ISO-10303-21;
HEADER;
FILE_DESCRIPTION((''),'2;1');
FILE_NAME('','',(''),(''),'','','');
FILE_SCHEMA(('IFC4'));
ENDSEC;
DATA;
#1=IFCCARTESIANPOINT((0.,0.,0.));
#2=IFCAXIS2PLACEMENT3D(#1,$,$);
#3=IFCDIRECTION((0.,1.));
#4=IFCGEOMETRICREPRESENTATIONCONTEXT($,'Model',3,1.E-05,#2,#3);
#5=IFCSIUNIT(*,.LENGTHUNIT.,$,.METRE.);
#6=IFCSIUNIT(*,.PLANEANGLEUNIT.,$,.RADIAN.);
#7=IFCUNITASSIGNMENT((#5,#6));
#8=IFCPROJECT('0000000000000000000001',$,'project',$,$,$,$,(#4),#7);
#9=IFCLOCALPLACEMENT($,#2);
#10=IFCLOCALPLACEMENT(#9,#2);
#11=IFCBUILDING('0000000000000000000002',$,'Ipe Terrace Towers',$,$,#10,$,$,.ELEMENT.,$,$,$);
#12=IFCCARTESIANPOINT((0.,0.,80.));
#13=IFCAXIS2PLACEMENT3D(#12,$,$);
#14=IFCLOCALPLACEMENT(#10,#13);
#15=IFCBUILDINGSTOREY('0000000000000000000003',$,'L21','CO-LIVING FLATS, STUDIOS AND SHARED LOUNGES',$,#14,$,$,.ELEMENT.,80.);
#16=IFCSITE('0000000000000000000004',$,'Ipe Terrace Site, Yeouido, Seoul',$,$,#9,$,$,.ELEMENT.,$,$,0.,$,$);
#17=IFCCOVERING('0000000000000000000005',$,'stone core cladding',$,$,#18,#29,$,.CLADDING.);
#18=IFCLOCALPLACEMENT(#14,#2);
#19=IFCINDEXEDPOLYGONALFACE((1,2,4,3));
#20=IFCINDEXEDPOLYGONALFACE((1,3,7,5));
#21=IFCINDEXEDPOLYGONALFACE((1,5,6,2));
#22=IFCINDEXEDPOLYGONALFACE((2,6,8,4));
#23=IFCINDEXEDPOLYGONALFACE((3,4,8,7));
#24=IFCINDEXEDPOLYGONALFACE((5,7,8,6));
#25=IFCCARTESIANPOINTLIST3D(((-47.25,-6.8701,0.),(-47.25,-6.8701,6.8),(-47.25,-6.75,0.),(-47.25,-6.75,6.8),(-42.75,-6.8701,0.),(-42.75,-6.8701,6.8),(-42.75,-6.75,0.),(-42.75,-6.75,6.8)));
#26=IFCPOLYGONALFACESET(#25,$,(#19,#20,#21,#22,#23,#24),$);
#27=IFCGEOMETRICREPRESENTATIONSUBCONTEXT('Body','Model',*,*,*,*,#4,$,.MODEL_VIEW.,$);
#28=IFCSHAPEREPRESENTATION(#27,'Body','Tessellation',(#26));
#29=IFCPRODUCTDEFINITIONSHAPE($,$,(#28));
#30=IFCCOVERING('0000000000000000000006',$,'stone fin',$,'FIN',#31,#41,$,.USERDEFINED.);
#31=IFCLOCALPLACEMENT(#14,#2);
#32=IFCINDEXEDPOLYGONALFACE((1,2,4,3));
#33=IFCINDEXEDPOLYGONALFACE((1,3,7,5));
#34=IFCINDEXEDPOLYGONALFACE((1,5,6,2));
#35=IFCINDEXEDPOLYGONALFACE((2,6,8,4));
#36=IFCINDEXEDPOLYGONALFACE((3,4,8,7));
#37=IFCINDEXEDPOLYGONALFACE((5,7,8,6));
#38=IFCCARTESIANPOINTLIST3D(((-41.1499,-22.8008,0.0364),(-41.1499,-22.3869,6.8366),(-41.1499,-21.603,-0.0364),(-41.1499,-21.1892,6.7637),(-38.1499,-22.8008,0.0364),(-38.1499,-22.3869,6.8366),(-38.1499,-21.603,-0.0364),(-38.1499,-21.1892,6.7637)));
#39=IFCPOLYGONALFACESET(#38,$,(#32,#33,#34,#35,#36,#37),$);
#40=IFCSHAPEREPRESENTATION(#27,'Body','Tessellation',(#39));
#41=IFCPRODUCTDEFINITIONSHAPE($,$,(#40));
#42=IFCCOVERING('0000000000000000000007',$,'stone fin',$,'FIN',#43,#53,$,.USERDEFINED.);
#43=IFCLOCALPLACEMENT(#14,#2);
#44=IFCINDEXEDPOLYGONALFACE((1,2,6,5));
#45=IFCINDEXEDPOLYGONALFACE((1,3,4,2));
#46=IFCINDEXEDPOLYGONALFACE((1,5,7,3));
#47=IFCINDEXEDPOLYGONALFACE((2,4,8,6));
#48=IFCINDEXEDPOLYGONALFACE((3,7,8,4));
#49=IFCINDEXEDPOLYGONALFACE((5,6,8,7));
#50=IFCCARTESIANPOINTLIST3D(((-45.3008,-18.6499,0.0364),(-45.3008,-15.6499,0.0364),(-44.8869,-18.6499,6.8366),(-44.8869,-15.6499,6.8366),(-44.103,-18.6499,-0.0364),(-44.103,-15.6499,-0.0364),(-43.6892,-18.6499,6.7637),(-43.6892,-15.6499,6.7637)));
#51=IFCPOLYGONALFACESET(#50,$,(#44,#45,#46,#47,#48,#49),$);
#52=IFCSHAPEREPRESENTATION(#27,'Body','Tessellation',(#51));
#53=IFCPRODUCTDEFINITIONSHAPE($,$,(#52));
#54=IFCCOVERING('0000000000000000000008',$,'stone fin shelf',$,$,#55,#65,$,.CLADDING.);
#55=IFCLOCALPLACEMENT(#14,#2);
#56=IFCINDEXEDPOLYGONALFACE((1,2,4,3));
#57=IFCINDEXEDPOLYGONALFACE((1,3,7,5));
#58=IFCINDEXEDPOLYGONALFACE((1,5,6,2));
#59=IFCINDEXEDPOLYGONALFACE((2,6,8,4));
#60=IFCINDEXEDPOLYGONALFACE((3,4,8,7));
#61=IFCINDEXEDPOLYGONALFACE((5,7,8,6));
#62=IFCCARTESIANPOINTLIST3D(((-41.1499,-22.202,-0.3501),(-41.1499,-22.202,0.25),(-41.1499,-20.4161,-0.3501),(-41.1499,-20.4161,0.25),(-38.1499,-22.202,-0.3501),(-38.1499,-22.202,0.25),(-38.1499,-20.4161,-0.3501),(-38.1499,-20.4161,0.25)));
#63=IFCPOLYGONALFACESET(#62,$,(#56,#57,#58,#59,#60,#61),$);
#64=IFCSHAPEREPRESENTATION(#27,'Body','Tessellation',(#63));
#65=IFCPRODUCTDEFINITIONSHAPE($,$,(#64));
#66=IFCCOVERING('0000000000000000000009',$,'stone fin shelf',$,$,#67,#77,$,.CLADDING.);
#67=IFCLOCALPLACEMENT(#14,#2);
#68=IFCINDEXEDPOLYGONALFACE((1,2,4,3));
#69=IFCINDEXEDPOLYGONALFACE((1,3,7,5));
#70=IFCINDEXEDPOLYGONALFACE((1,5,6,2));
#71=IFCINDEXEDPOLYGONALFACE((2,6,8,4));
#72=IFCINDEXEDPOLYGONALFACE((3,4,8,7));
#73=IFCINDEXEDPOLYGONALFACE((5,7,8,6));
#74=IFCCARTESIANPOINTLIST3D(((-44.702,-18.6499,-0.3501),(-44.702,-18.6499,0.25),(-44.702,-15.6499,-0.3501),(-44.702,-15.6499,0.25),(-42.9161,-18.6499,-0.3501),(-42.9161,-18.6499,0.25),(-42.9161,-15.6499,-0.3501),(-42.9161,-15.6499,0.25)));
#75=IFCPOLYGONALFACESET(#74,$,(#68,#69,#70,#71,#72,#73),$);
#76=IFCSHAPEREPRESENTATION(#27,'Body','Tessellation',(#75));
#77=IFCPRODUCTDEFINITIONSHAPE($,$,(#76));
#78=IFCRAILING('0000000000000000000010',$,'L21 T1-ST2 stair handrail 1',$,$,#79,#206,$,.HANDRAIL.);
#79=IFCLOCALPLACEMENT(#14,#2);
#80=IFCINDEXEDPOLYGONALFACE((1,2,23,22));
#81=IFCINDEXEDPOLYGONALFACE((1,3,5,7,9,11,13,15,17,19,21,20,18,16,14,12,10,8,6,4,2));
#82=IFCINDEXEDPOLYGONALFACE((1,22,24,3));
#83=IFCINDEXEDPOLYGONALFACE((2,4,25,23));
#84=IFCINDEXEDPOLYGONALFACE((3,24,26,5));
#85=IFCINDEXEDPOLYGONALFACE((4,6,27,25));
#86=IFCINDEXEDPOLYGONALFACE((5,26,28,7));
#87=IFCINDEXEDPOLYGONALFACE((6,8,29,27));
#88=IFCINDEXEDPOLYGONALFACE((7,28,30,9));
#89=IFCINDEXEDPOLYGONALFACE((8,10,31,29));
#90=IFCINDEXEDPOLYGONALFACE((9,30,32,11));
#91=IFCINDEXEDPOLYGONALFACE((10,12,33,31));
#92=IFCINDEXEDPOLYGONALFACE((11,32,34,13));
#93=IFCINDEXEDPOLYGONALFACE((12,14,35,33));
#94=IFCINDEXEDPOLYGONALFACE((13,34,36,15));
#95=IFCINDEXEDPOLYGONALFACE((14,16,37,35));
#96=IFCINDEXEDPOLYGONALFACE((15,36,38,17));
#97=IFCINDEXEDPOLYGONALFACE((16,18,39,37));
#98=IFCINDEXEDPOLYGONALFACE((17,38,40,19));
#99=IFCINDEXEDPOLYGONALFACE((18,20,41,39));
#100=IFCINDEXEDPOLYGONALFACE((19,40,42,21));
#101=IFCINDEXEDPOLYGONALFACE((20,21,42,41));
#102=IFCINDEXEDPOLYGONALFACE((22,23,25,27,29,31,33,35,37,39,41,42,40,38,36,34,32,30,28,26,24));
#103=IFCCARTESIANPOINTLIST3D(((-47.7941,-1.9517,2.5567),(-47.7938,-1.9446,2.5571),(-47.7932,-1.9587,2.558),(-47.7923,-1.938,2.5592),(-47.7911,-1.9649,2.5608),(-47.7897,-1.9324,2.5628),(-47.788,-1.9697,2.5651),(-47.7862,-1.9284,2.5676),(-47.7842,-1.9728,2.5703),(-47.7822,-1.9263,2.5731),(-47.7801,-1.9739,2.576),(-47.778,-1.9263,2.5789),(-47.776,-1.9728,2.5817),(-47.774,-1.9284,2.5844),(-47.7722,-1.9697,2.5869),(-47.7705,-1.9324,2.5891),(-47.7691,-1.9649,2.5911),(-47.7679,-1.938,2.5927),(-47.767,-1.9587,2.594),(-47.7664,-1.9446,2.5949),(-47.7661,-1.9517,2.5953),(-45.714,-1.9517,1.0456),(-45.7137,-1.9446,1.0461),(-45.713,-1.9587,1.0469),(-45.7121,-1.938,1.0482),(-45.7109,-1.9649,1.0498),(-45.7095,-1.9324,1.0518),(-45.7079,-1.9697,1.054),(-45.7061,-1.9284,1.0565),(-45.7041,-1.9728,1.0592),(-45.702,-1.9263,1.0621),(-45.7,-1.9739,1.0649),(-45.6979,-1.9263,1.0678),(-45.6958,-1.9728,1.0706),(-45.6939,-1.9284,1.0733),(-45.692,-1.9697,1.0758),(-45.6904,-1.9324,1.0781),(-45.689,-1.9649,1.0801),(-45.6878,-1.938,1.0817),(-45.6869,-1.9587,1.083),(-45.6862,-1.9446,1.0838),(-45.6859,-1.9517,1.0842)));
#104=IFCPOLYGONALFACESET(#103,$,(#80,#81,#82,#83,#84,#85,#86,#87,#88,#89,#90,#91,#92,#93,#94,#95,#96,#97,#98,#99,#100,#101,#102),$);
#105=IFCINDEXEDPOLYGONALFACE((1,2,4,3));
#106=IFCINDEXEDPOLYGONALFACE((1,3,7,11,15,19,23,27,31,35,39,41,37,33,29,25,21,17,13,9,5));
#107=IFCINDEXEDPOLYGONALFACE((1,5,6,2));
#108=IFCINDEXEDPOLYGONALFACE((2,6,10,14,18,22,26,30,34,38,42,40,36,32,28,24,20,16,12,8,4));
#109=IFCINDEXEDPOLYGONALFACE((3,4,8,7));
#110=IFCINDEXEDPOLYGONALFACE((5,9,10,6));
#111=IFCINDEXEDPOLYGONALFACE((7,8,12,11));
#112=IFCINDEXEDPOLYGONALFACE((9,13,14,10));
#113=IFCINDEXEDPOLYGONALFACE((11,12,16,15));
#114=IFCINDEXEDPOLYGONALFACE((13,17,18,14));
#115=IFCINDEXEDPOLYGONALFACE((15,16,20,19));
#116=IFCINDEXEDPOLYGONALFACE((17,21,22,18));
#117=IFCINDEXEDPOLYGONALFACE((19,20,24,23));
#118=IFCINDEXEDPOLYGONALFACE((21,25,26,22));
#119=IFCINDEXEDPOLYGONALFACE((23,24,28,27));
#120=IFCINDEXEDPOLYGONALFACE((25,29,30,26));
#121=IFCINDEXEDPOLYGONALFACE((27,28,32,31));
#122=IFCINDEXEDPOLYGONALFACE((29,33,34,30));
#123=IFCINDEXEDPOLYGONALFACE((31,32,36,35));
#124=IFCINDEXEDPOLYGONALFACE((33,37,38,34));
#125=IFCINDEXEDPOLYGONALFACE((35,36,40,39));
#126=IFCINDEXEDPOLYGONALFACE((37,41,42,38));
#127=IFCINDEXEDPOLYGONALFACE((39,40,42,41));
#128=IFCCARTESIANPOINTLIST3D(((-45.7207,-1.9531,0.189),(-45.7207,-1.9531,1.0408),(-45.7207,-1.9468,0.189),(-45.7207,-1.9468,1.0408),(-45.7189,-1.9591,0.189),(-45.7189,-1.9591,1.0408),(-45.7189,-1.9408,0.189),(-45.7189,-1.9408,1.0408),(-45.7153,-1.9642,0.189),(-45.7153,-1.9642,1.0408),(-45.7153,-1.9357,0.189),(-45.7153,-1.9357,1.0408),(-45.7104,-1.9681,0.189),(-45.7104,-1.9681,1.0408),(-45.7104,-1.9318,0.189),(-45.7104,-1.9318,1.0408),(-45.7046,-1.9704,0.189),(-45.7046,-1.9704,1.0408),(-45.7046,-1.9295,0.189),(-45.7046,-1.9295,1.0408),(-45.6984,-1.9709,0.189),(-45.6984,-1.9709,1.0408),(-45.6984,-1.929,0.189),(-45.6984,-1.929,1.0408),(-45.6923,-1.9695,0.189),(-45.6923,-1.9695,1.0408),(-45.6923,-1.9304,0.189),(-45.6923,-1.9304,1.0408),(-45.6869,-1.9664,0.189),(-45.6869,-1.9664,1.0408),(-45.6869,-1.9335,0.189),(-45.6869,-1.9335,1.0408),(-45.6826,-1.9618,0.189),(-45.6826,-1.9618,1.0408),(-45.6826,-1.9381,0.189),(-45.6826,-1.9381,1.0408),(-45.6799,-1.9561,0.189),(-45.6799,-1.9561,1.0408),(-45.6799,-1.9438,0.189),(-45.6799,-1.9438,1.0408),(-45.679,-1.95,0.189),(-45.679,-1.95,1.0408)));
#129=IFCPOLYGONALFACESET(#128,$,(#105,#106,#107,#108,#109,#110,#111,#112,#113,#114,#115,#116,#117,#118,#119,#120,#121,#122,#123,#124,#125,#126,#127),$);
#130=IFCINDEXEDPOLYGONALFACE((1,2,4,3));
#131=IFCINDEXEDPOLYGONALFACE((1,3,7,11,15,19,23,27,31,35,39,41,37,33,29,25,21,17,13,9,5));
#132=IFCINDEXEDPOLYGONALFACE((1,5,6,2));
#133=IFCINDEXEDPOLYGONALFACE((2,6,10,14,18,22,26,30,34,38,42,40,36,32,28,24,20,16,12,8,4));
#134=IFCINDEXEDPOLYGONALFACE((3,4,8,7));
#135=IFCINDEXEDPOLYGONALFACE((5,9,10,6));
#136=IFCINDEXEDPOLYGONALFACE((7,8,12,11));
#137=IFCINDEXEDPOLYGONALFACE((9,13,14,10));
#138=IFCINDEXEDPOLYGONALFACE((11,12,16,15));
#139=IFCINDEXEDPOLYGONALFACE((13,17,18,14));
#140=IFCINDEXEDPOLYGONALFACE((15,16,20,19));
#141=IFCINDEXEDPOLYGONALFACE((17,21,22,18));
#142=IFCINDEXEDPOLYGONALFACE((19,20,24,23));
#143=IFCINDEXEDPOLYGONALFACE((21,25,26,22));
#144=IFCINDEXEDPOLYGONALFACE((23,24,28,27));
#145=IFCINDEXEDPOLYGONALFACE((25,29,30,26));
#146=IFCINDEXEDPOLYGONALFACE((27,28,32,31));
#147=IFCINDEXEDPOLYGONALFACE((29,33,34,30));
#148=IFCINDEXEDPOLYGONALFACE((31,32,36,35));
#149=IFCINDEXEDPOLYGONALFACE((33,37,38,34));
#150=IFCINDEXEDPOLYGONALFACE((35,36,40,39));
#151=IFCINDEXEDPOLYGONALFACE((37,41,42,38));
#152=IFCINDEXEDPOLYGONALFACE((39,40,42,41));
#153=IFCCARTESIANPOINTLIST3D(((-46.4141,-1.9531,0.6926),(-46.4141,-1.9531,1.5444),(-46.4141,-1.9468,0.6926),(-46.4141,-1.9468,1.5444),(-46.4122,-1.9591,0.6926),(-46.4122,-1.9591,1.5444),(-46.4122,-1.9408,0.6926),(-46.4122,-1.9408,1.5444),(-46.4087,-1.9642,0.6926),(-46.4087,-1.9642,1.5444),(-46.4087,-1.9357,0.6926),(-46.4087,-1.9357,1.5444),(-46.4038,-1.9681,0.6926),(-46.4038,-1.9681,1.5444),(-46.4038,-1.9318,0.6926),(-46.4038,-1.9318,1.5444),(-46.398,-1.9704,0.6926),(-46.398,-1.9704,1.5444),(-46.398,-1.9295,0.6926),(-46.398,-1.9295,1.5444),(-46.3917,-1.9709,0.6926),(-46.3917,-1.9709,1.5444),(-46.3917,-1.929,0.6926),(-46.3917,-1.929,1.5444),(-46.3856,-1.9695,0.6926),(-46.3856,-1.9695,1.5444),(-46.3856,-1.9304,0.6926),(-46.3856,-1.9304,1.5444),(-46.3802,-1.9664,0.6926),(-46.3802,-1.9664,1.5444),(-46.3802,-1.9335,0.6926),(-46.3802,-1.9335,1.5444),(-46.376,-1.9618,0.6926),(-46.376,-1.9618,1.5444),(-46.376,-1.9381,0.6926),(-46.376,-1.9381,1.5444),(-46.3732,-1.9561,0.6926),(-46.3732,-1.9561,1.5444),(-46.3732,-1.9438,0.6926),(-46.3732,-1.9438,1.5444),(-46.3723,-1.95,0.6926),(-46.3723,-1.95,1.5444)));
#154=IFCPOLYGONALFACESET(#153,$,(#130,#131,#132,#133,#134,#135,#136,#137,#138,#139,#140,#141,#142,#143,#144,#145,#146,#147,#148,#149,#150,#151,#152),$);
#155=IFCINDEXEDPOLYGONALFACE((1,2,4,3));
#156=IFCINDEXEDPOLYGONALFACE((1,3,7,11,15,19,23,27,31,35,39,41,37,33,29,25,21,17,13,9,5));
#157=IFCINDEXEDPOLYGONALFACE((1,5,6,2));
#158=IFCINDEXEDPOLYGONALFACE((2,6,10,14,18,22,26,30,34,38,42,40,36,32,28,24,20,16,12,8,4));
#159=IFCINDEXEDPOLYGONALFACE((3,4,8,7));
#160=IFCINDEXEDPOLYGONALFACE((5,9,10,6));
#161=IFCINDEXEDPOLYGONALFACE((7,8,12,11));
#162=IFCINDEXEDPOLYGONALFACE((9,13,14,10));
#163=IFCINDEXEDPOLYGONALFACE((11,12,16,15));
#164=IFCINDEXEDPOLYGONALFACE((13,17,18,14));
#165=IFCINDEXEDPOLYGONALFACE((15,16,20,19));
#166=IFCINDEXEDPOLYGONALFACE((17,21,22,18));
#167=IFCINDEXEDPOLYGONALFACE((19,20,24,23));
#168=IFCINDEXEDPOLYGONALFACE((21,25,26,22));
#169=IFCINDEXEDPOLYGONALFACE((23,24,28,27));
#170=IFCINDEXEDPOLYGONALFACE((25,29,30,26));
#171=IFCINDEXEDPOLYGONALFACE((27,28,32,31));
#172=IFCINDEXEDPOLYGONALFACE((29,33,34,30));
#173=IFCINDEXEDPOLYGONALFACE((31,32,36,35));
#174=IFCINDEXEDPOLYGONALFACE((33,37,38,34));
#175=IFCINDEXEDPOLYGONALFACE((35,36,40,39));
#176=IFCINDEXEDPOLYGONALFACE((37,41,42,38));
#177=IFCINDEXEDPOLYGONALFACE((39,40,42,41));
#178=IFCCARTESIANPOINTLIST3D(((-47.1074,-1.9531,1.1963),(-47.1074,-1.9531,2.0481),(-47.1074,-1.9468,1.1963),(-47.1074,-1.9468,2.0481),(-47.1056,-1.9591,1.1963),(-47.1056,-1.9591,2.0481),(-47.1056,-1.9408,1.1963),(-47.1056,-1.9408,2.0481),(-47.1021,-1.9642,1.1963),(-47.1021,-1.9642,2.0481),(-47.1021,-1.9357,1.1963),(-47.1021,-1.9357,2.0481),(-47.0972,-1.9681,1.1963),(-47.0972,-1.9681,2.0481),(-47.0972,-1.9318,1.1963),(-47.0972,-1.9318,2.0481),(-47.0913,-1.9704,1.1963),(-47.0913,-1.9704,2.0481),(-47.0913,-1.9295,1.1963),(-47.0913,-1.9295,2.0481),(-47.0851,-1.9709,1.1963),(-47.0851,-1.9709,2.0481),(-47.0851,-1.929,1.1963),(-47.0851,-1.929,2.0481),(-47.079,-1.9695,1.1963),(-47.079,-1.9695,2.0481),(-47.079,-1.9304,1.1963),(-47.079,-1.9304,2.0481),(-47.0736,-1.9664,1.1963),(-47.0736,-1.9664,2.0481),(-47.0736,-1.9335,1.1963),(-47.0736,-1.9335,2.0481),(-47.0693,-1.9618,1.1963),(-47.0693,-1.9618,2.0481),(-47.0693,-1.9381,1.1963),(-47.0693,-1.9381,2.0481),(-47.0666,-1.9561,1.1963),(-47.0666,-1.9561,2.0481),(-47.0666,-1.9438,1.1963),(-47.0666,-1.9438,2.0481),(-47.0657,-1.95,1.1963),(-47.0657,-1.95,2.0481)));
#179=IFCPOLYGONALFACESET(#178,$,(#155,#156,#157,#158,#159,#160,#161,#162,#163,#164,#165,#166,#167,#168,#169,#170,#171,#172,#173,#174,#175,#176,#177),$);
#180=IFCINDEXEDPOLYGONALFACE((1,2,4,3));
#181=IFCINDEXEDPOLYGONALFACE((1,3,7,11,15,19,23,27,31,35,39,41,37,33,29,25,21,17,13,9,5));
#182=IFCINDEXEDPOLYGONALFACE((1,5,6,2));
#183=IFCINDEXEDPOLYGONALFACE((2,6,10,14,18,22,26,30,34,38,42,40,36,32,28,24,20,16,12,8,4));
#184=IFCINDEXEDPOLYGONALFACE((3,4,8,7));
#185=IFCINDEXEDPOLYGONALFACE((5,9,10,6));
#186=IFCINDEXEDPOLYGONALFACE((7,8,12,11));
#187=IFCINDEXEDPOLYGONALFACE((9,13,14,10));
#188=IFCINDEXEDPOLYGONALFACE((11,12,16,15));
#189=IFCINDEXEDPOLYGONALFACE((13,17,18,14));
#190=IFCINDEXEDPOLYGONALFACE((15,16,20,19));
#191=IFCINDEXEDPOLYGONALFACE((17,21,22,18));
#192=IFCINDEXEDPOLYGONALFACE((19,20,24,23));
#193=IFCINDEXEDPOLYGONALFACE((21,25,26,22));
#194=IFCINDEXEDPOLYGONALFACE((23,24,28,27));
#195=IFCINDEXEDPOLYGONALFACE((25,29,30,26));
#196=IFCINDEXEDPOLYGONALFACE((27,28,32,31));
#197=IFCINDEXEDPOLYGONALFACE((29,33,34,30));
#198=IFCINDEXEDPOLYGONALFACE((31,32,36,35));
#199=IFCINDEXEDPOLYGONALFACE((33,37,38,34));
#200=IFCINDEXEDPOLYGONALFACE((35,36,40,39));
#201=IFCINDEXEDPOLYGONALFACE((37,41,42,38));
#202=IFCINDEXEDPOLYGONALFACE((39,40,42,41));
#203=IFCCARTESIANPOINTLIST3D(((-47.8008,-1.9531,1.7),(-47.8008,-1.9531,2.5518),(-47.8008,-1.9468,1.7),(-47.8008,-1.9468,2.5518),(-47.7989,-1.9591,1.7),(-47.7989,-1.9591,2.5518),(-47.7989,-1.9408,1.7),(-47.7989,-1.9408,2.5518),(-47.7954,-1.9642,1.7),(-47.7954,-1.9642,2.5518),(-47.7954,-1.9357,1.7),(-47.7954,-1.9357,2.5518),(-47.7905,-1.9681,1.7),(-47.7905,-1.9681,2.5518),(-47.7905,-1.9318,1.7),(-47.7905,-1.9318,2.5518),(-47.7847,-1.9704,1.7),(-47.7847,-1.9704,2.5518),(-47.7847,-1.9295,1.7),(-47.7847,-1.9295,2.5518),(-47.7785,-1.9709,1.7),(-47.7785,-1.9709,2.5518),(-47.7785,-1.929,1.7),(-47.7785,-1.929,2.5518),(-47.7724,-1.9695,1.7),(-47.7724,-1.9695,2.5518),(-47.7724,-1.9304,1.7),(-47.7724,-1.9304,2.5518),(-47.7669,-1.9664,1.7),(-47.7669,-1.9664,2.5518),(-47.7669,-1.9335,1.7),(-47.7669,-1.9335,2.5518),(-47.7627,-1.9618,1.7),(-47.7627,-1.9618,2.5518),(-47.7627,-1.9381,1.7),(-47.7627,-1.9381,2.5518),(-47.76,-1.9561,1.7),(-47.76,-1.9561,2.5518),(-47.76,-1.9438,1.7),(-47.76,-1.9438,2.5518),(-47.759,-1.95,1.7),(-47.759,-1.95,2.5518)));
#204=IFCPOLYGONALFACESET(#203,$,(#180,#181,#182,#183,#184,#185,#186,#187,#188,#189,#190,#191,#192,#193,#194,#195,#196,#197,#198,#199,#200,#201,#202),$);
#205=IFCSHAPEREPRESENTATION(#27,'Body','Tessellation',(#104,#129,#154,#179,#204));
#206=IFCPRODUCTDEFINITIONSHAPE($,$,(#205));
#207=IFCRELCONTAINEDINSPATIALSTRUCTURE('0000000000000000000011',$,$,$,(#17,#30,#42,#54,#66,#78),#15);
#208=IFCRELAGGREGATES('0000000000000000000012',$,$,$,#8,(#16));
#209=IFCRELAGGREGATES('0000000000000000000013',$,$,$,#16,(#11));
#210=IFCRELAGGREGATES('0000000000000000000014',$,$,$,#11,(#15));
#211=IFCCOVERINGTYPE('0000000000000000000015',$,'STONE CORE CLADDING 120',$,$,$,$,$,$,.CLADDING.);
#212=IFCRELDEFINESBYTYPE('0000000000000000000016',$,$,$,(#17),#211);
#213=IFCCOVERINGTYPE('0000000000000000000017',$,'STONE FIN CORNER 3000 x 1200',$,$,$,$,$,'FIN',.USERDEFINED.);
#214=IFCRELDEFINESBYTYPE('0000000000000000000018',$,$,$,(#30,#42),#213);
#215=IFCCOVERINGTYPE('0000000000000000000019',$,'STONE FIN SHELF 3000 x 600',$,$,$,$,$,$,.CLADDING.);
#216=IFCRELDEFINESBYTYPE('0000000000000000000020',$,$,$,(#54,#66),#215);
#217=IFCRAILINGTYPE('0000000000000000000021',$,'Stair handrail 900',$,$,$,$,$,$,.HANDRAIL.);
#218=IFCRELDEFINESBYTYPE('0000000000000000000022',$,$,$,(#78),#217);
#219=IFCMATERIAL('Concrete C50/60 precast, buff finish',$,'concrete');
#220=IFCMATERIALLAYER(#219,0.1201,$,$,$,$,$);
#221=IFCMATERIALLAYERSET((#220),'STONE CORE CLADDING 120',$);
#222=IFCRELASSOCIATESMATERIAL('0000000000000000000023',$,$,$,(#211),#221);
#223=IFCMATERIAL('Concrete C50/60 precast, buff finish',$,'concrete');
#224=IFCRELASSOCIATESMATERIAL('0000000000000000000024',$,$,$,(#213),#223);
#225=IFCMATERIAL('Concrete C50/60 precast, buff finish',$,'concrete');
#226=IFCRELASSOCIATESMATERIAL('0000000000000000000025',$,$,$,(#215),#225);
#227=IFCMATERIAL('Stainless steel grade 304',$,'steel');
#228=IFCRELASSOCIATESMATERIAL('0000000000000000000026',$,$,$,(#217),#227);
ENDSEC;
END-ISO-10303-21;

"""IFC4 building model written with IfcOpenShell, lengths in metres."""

from ifc_helpers import new_model, si_unit, direction, frame, origin, origin_2d, place, context, subcontext, project, spatial, rectangle, circle, extrude, material, layer, layer_set, material_profile, profile_set, type_object, element, save


model = new_model("IFC4")

# Units and contexts
model_context = context("Model", 3, precision=1e-05, world=origin(), true_north=direction((0.0, 1.0)))
body_context = subcontext(model_context, "Body", "Model", "MODEL_VIEW")
ifc_project = project(units=[si_unit("LENGTHUNIT", "METRE"), si_unit("PLANEANGLEUNIT", "RADIAN")], contexts=[model_context])

# Site, building, storey
site_placement = place(None, origin())
site = spatial("IfcSite", under=ifc_project, at=site_placement, Name="Ipe Terrace Site, Yeouido, Seoul", CompositionType="ELEMENT", RefElevation=0.0)
building_placement = place(site_placement, origin())
building = spatial("IfcBuilding", under=site, at=building_placement, Name="Ipe Terrace Towers", CompositionType="ELEMENT")
storey_placement = place(building_placement, frame((0.0, 0.0, 80.0)))
storey = spatial("IfcBuildingStorey", under=building, at=storey_placement, Name="L21", Description="CO-LIVING FLATS, STUDIOS AND SHARED LOUNGES", CompositionType="ELEMENT", Elevation=80.0)

# Coverings
ifc_material_1 = material(Name="Concrete C50/60 precast, buff finish", Category="concrete")
ifc_layer_1 = layer(ifc_material_1, 0.1201)
ifc_layer_set_1 = layer_set([ifc_layer_1], Name="STONE CORE CLADDING 120")
covering_type_1 = type_object("IfcCoveringType", Name="STONE CORE CLADDING 120", PredefinedType="CLADDING", material=ifc_layer_set_1)
covering_1_placement = place(storey_placement, frame((-45.0, -6.8101, 0.0), z_axis=(0.0, 0.0, 1.0), x_axis=(1.0, 0.0, 0.0)))
element("IfcCovering", 1, at=covering_1_placement, inside=storey, type_object=covering_type_1, Name="stone core cladding", PredefinedType="CLADDING", context=body_context, shape_type="SweptSolid", body=[
    extrude(rectangle(XDim=4.5, YDim=0.1201, at=origin_2d()), origin(), (0.0, 0.0, 1.0), 6.8),
])
ifc_material_2 = material(Name="Concrete C50/60 precast, buff finish", Category="concrete")
ifc_material_profile_1 = material_profile(ifc_material_2, rectangle(XDim=3.0, YDim=1.2, at=origin_2d()), Name="STONE FIN CORNER 3000 x 1200")
ifc_profile_set_1 = profile_set([ifc_material_profile_1], Name="Concrete C50/60 precast, buff finish")
covering_type_2 = type_object("IfcCoveringType", Name="STONE FIN CORNER 3000 x 1200", ElementType="FIN", PredefinedType="USERDEFINED", material=ifc_profile_set_1)
for number, where, z_axis, x_axis, name in (
    (2, (-39.6499, -22.2019, 0.0), (0.0, 0.060743, 0.998153), (1.0, 0.0, 0.0), "stone fin"),
    (3, (-44.7019, -17.1499, 0.0), (0.060743, 0.0, 0.998153), (0.0, -1.0, 0.0), "stone fin"),
):
    element("IfcCovering", number, at=place(storey_placement, frame(where, z_axis=z_axis, x_axis=x_axis)), inside=storey, type_object=covering_type_2, Name=name, ObjectType="FIN", PredefinedType="USERDEFINED", context=body_context, shape_type="SweptSolid", body=[
        extrude(rectangle(XDim=3.0, YDim=1.2, at=origin_2d()), origin(), (0.0, 0.0, 1.0), 6.8127),
    ])
ifc_material_3 = material(Name="Concrete C50/60 precast, buff finish", Category="concrete")
covering_type_3 = type_object("IfcCoveringType", Name="STONE FIN SHELF 3000 x 600", PredefinedType="CLADDING", material=ifc_material_3)
for number, where, z_axis, x_axis, name in (
    (4, (-39.6499, -21.3091, -0.3501), (0.0, 0.0, 1.0), (1.0, 0.0, 0.0), "stone fin shelf"),
    (5, (-43.8091, -17.1499, -0.3501), (0.0, 0.0, 1.0), (0.0, -1.0, 0.0), "stone fin shelf"),
):
    element("IfcCovering", number, at=place(storey_placement, frame(where, z_axis=z_axis, x_axis=x_axis)), inside=storey, type_object=covering_type_3, Name=name, PredefinedType="CLADDING", context=body_context, shape_type="SweptSolid", body=[
        extrude(rectangle(XDim=3.0, YDim=1.7859, at=origin_2d()), origin(), (0.0, 0.0, 1.0), 0.6001),
    ])

# Railing
ifc_material_4 = material(Name="Stainless steel grade 304", Category="steel")
railing_type_1 = type_object("IfcRailingType", Name="Stair handrail 900", PredefinedType="HANDRAIL", material=ifc_material_4)
railing_1_placement = place(storey_placement, frame((-45.7, -1.95, 0.189)))
element("IfcRailing", 6, at=railing_1_placement, inside=storey, type_object=railing_type_1, Name="L21 T1-ST2 stair handrail 1", PredefinedType="HANDRAIL", context=body_context, shape_type="SweptSolid", body=[
    extrude(circle(Radius=0.0239, at=origin_2d()), frame((0.0, 0.0, 0.876), z_axis=(-0.809069, 0.0, 0.587714), x_axis=(0.0, -1.0, 0.0)), (0.0, 0.0, 1.0), 2.571),
    extrude(circle(Radius=0.021, at=origin_2d()), origin(), (0.0, 0.0, 1.0), 0.8518),
    extrude(circle(Radius=0.021, at=origin_2d()), frame((-0.6934, 0.0, 0.5037)), (0.0, 0.0, 1.0), 0.8518),
    extrude(circle(Radius=0.021, at=origin_2d()), frame((-1.3867, 0.0, 1.0073)), (0.0, 0.0, 1.0), 0.8518),
    extrude(circle(Radius=0.021, at=origin_2d()), frame((-2.0801, 0.0, 1.511)), (0.0, 0.0, 1.0), 0.8518),
])

save(model, "model.ifc")
